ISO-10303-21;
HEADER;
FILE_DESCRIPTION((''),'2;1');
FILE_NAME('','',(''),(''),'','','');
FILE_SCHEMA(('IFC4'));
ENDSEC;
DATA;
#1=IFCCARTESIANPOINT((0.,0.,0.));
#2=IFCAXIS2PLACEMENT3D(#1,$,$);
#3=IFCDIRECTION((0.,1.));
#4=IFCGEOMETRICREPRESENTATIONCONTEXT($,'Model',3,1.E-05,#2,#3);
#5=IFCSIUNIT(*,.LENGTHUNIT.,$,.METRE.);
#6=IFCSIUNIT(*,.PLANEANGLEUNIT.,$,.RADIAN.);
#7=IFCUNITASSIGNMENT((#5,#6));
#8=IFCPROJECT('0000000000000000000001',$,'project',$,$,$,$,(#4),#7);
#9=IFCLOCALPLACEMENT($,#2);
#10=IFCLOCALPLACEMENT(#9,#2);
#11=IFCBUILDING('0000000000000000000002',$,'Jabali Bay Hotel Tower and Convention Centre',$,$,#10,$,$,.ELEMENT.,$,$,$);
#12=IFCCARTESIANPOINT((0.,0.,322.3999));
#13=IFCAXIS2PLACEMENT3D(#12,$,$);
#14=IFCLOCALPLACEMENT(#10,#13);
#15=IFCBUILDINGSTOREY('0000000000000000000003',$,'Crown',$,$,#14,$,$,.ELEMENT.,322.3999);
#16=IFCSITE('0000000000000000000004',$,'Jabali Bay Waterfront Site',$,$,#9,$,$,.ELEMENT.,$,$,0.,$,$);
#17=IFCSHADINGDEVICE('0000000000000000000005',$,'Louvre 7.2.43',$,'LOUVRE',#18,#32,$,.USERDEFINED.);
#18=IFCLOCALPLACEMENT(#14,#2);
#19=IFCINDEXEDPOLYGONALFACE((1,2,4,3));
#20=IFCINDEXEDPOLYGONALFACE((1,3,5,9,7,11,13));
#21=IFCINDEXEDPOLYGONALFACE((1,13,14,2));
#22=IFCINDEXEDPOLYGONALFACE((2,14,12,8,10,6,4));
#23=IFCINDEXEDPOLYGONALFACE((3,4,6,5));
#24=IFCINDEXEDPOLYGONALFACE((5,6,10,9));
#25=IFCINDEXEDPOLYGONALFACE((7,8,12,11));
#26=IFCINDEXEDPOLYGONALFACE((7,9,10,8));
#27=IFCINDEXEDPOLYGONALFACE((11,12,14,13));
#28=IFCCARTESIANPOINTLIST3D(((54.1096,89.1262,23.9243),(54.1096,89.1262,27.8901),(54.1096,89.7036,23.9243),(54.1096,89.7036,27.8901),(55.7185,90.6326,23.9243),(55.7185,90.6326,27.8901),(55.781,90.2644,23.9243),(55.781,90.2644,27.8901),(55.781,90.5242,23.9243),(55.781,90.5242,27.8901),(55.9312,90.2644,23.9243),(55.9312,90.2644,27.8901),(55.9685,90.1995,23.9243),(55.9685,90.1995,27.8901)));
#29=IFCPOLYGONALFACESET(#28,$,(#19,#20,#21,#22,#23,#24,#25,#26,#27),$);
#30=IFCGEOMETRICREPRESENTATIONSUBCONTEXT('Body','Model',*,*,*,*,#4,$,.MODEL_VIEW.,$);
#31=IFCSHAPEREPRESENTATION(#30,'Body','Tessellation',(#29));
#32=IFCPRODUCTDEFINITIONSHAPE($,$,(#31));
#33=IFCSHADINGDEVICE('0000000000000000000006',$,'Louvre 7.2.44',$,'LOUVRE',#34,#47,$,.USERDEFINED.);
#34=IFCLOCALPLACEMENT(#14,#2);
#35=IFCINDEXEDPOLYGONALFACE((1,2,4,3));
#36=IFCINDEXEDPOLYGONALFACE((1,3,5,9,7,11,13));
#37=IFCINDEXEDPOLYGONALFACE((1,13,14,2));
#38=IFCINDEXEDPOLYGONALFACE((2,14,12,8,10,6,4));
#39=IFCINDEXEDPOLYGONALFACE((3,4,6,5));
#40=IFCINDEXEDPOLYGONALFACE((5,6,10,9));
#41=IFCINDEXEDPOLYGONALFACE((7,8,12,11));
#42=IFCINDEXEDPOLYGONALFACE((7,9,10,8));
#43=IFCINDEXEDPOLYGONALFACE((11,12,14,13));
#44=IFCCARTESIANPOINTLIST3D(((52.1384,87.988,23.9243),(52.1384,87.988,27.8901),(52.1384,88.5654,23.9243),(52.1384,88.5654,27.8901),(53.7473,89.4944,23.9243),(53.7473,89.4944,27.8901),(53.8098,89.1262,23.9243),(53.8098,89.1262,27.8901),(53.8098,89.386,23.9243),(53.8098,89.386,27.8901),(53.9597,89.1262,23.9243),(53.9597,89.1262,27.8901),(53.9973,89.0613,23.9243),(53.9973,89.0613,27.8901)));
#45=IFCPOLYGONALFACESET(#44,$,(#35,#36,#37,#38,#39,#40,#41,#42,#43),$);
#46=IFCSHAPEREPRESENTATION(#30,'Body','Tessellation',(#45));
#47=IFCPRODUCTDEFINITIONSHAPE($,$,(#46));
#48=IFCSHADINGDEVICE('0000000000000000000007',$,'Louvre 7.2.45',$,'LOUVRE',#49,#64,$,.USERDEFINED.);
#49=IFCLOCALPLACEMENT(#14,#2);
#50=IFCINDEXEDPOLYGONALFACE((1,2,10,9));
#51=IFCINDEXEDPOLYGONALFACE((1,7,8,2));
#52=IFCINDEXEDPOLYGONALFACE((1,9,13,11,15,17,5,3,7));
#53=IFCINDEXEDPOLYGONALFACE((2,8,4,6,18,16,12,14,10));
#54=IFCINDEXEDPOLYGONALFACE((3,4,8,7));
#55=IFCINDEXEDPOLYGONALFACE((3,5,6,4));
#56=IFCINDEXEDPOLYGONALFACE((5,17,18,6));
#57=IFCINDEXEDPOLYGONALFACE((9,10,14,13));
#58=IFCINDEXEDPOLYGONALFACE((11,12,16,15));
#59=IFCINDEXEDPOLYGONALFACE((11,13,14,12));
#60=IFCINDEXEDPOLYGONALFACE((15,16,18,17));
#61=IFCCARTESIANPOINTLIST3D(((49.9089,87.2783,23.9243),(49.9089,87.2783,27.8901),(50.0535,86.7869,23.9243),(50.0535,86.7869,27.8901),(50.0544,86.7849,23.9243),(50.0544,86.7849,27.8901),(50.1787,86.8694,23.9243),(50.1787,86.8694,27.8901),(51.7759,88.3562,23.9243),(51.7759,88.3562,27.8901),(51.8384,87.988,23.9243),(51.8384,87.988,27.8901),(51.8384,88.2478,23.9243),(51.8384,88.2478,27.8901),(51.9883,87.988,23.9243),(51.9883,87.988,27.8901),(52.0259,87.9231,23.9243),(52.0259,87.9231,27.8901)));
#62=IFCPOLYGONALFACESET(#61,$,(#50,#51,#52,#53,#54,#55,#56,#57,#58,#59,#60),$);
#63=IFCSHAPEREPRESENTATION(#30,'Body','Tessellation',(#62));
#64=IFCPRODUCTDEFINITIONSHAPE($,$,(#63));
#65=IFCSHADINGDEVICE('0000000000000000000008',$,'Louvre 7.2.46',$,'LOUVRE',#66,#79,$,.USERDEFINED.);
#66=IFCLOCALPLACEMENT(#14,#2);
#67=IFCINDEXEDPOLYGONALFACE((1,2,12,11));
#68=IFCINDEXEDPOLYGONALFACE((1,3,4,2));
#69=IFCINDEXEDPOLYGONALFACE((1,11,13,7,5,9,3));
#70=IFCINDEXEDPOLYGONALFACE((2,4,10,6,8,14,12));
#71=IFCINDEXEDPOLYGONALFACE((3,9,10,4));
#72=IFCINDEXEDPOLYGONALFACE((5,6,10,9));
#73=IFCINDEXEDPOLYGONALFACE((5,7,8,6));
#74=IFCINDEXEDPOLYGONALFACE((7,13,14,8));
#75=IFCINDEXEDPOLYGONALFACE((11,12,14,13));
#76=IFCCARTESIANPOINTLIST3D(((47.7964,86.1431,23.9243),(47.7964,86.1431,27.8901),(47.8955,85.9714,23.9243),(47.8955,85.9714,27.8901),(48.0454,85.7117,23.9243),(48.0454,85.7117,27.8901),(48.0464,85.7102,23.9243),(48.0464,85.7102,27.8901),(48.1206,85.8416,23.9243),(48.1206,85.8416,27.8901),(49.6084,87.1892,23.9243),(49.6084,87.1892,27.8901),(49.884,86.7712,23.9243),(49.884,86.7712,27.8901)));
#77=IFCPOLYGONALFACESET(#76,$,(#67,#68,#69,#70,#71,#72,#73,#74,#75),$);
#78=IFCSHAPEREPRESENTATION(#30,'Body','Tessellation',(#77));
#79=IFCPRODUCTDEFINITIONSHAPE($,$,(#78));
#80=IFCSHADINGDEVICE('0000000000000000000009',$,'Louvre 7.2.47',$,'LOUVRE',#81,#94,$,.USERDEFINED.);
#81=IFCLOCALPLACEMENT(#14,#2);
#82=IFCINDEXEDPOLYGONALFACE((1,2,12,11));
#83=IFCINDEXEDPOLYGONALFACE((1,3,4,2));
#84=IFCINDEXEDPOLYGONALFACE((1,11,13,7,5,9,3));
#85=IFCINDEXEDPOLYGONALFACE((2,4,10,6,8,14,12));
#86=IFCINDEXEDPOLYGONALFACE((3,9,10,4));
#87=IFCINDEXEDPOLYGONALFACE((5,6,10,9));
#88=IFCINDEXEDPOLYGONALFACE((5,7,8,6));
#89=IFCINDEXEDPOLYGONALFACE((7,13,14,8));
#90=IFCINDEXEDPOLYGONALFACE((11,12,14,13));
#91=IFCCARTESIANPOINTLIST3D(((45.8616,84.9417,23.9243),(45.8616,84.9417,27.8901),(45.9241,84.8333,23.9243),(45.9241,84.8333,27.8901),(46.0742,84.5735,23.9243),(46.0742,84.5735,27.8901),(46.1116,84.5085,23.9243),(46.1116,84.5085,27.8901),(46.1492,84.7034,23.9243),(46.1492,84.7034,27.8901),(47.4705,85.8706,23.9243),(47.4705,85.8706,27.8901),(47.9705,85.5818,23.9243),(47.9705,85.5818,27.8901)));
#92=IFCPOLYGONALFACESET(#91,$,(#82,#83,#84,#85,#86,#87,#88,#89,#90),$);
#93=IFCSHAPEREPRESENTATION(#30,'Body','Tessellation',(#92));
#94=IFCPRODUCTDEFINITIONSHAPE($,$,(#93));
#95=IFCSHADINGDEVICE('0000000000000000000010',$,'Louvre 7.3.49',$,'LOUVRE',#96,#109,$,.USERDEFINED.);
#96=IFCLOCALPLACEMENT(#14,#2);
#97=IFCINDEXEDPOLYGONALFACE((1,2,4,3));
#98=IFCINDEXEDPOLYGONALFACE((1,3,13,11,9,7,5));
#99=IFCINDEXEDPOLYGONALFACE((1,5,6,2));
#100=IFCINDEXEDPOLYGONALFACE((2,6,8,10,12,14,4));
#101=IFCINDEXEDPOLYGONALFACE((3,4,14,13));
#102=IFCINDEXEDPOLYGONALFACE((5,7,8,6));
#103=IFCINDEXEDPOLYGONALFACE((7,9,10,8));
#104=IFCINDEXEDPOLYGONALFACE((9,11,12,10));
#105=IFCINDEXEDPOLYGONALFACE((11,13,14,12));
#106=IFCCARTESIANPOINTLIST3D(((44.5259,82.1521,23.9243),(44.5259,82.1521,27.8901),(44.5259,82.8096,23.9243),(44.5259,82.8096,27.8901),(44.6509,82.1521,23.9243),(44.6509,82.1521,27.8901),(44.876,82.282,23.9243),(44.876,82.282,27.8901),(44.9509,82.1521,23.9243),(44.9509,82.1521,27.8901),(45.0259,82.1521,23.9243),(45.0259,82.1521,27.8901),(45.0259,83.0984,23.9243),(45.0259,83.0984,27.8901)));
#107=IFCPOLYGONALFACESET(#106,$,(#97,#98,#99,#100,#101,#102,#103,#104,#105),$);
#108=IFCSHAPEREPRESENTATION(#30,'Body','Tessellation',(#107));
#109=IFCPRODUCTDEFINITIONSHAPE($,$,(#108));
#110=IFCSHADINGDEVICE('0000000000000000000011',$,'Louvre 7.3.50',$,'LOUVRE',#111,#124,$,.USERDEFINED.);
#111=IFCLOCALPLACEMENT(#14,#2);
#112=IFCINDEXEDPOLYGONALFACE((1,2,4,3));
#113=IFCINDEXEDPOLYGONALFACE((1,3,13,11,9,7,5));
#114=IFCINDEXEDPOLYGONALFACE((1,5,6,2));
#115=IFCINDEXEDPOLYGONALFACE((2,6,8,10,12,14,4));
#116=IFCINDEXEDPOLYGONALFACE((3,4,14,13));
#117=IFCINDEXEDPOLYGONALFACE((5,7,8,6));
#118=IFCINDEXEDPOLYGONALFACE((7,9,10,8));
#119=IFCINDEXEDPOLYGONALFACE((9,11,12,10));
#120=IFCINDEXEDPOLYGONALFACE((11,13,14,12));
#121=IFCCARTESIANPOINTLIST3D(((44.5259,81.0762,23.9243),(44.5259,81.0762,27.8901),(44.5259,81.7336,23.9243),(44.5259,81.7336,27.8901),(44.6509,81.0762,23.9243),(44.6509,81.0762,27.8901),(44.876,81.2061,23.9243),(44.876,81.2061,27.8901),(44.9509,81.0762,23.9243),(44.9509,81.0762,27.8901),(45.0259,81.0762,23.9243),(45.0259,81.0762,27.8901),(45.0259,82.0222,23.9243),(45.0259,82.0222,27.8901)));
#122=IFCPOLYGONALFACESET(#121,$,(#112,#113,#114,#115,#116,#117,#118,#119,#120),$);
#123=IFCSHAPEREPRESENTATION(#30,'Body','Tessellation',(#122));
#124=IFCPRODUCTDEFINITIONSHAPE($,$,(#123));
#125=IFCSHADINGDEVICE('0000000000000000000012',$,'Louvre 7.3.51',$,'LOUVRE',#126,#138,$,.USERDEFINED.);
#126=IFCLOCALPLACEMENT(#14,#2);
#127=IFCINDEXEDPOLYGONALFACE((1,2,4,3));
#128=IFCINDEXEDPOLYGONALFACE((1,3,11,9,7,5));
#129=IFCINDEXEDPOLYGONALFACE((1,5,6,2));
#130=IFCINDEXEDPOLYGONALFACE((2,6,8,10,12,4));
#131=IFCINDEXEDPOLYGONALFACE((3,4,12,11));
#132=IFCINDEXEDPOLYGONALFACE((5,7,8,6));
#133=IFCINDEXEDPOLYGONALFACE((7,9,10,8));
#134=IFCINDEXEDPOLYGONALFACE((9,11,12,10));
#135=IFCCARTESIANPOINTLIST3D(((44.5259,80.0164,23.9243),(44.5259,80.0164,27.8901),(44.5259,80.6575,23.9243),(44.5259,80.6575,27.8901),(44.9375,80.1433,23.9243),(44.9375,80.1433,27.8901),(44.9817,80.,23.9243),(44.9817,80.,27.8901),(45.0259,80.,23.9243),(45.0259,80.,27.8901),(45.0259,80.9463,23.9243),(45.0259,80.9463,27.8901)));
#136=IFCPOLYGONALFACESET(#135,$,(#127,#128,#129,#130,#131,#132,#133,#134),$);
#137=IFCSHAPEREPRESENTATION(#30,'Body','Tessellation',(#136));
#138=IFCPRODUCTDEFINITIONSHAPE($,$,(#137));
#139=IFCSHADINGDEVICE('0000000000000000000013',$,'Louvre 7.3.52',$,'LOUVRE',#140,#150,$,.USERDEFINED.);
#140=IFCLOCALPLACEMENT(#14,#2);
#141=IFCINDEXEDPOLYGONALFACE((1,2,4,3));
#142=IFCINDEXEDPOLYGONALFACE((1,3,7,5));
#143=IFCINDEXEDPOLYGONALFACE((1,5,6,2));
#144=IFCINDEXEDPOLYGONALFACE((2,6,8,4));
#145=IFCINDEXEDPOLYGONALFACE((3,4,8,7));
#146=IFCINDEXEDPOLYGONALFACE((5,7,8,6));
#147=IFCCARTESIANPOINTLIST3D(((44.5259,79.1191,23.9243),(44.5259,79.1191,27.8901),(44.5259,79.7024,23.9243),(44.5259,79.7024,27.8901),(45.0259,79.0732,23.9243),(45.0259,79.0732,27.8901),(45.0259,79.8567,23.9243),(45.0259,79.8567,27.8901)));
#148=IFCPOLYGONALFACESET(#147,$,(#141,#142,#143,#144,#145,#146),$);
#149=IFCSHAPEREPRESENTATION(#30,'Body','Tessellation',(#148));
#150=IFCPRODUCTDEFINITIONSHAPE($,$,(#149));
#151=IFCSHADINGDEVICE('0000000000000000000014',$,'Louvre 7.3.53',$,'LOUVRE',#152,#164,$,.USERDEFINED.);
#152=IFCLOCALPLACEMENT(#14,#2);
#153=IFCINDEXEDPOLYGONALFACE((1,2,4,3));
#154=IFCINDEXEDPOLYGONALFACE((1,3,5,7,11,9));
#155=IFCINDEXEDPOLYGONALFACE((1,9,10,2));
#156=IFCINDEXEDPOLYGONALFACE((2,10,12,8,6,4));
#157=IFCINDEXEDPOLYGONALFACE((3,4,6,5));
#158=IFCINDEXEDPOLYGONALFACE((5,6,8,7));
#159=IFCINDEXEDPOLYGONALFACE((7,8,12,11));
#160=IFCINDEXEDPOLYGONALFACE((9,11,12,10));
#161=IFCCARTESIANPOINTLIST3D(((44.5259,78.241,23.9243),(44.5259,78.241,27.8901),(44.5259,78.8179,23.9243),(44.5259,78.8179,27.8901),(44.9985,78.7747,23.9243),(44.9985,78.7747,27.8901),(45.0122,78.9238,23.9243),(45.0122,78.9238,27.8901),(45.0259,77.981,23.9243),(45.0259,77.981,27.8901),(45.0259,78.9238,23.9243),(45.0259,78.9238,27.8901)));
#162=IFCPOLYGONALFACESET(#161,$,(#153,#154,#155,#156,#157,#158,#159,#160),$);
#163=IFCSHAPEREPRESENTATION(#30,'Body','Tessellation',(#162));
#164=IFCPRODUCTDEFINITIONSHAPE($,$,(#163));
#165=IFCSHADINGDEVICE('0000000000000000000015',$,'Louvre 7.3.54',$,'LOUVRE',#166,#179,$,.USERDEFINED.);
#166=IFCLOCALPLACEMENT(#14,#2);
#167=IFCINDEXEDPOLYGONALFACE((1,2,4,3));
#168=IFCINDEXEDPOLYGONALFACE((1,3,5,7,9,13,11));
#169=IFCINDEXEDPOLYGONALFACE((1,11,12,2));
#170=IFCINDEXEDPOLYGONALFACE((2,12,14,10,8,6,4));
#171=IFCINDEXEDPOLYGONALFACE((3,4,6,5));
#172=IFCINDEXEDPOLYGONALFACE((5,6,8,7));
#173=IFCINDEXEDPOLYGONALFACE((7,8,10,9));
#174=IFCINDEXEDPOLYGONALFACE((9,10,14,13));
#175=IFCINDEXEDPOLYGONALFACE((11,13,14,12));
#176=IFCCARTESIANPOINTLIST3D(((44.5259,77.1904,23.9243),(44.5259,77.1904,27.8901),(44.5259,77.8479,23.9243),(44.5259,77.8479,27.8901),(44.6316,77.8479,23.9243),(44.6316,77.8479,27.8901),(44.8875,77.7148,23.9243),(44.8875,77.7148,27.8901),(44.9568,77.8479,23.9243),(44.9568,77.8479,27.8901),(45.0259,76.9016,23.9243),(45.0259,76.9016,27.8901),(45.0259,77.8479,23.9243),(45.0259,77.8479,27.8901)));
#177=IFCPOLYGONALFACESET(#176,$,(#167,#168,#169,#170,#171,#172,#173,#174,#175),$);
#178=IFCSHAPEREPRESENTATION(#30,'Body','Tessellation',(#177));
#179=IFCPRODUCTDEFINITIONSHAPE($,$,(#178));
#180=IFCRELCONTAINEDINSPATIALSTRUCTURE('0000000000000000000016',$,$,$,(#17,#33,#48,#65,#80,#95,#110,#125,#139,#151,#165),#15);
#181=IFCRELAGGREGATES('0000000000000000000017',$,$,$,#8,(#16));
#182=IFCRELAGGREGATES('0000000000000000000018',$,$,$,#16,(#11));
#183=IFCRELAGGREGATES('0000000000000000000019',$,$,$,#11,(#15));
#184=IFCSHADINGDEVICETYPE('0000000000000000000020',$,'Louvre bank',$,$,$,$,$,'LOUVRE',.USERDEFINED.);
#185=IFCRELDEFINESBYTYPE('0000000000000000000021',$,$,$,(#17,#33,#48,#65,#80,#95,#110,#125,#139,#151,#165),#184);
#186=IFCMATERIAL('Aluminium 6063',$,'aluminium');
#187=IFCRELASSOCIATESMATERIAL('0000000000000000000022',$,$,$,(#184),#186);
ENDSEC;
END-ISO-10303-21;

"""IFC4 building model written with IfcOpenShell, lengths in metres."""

from ifc_helpers import new_model, si_unit, direction, frame, origin, place, context, subcontext, project, spatial, polyline, outline, extrude, material, type_object, element, save


model = new_model("IFC4")

# Units and contexts
model_context = context("Model", 3, precision=1e-05, world=origin(), true_north=direction((0.0, 1.0)))
body_context = subcontext(model_context, "Body", "Model", "MODEL_VIEW")
ifc_project = project(units=[si_unit("LENGTHUNIT", "METRE"), si_unit("PLANEANGLEUNIT", "RADIAN")], contexts=[model_context])

# Site, building, storey
site_placement = place(None, origin())
site = spatial("IfcSite", under=ifc_project, at=site_placement, Name="Jabali Bay Waterfront Site", CompositionType="ELEMENT", RefElevation=0.0)
building_placement = place(site_placement, origin())
building = spatial("IfcBuilding", under=site, at=building_placement, Name="Jabali Bay Hotel Tower and Convention Centre", CompositionType="ELEMENT")
storey_placement = place(building_placement, frame((0.0, 0.0, 322.3999)))
storey = spatial("IfcBuildingStorey", under=building, at=storey_placement, Name="Crown", CompositionType="ELEMENT", Elevation=322.3999)

# Shading devices
ifc_material = material(Name="Aluminium 6063", Category="aluminium")
shading_device_type = type_object("IfcShadingDeviceType", Name="Louvre bank", ElementType="LOUVRE", PredefinedType="USERDEFINED", material=ifc_material)
shading_device_1_placement = place(storey_placement, frame((0.0, 0.0, 23.9243)))
element("IfcShadingDevice", 1, at=shading_device_1_placement, inside=storey, type_object=shading_device_type, Name="Louvre 7.2.43", ObjectType="LOUVRE", PredefinedType="USERDEFINED", context=body_context, shape_type="SweptSolid", body=[
    extrude(outline(polyline([(54.1096, 89.1262), (55.9685, 90.1995), (55.9312, 90.2644), (55.781, 90.2644), (55.781, 90.5242), (55.7185, 90.6326), (54.1096, 89.7036), (54.1096, 89.1262)])), origin(), (0.0, 0.0, 1.0), 3.9658),
])
shading_device_2_placement = place(storey_placement, frame((0.0, 0.0, 23.9243)))
element("IfcShadingDevice", 2, at=shading_device_2_placement, inside=storey, type_object=shading_device_type, Name="Louvre 7.2.44", ObjectType="LOUVRE", PredefinedType="USERDEFINED", context=body_context, shape_type="SweptSolid", body=[
    extrude(outline(polyline([(52.1384, 87.988), (53.9973, 89.0613), (53.9597, 89.1262), (53.8098, 89.1262), (53.8098, 89.386), (53.7473, 89.4944), (52.1384, 88.5654), (52.1384, 87.988)])), origin(), (0.0, 0.0, 1.0), 3.9658),
])
shading_device_3_placement = place(storey_placement, frame((0.0, 0.0, 23.9243)))
element("IfcShadingDevice", 3, at=shading_device_3_placement, inside=storey, type_object=shading_device_type, Name="Louvre 7.2.45", ObjectType="LOUVRE", PredefinedType="USERDEFINED", context=body_context, shape_type="SweptSolid", body=[
    extrude(outline(polyline([(50.0544, 86.7849), (52.0259, 87.9231), (51.9883, 87.988), (51.8384, 87.988), (51.8384, 88.2478), (51.7759, 88.3562), (49.9089, 87.2783), (50.1787, 86.8694), (50.0535, 86.7869), (50.0544, 86.7849)])), origin(), (0.0, 0.0, 1.0), 3.9658),
])
shading_device_4_placement = place(storey_placement, frame((0.0, 0.0, 23.9243)))
element("IfcShadingDevice", 4, at=shading_device_4_placement, inside=storey, type_object=shading_device_type, Name="Louvre 7.2.46", ObjectType="LOUVRE", PredefinedType="USERDEFINED", context=body_context, shape_type="SweptSolid", body=[
    extrude(outline(polyline([(48.0464, 85.7102), (49.884, 86.7712), (49.6084, 87.1892), (47.7964, 86.1431), (47.8955, 85.9714), (48.1206, 85.8416), (48.0454, 85.7117), (48.0464, 85.7102)])), origin(), (0.0, 0.0, 1.0), 3.9658),
])
shading_device_5_placement = place(storey_placement, frame((0.0, 0.0, 23.9243)))
element("IfcShadingDevice", 5, at=shading_device_5_placement, inside=storey, type_object=shading_device_type, Name="Louvre 7.2.47", ObjectType="LOUVRE", PredefinedType="USERDEFINED", context=body_context, shape_type="SweptSolid", body=[
    extrude(outline(polyline([(46.1116, 84.5085), (47.9705, 85.5818), (47.4705, 85.8706), (45.8616, 84.9417), (45.9241, 84.8333), (46.1492, 84.7034), (46.0742, 84.5735), (46.1116, 84.5085)])), origin(), (0.0, 0.0, 1.0), 3.9658),
])
shading_device_6_placement = place(storey_placement, frame((0.0, 0.0, 23.9243)))
element("IfcShadingDevice", 6, at=shading_device_6_placement, inside=storey, type_object=shading_device_type, Name="Louvre 7.3.49", ObjectType="LOUVRE", PredefinedType="USERDEFINED", context=body_context, shape_type="SweptSolid", body=[
    extrude(outline(polyline([(45.0259, 82.1521), (45.0259, 83.0984), (44.5259, 82.8096), (44.5259, 82.1521), (44.6509, 82.1521), (44.876, 82.282), (44.9509, 82.1521), (45.0259, 82.1521)])), origin(), (0.0, 0.0, 1.0), 3.9658),
])
shading_device_7_placement = place(storey_placement, frame((0.0, 0.0, 23.9243)))
element("IfcShadingDevice", 7, at=shading_device_7_placement, inside=storey, type_object=shading_device_type, Name="Louvre 7.3.50", ObjectType="LOUVRE", PredefinedType="USERDEFINED", context=body_context, shape_type="SweptSolid", body=[
    extrude(outline(polyline([(45.0259, 81.0762), (45.0259, 82.0222), (44.5259, 81.7336), (44.5259, 81.0762), (44.6509, 81.0762), (44.876, 81.2061), (44.9509, 81.0762), (45.0259, 81.0762)])), origin(), (0.0, 0.0, 1.0), 3.9658),
])
shading_device_8_placement = place(storey_placement, frame((0.0, 0.0, 23.9243)))
element("IfcShadingDevice", 8, at=shading_device_8_placement, inside=storey, type_object=shading_device_type, Name="Louvre 7.3.51", ObjectType="LOUVRE", PredefinedType="USERDEFINED", context=body_context, shape_type="SweptSolid", body=[
    extrude(outline(polyline([(45.0259, 80.0), (45.0259, 80.9463), (44.5259, 80.6575), (44.5259, 80.0164), (44.9375, 80.1433), (44.9817, 80.0), (45.0259, 80.0)])), origin(), (0.0, 0.0, 1.0), 3.9658),
])
shading_device_9_placement = place(storey_placement, frame((0.0, 0.0, 23.9243)))
element("IfcShadingDevice", 9, at=shading_device_9_placement, inside=storey, type_object=shading_device_type, Name="Louvre 7.3.52", ObjectType="LOUVRE", PredefinedType="USERDEFINED", context=body_context, shape_type="SweptSolid", body=[
    extrude(outline(polyline([(45.0259, 79.0732), (45.0259, 79.8567), (44.5259, 79.7024), (44.5259, 79.1191), (45.0259, 79.0732)])), origin(), (0.0, 0.0, 1.0), 3.9658),
])
shading_device_10_placement = place(storey_placement, frame((0.0, 0.0, 23.9243)))
element("IfcShadingDevice", 10, at=shading_device_10_placement, inside=storey, type_object=shading_device_type, Name="Louvre 7.3.53", ObjectType="LOUVRE", PredefinedType="USERDEFINED", context=body_context, shape_type="SweptSolid", body=[
    extrude(outline(polyline([(45.0259, 77.981), (45.0259, 78.9238), (45.0122, 78.9238), (44.9985, 78.7747), (44.5259, 78.8179), (44.5259, 78.241), (45.0259, 77.981)])), origin(), (0.0, 0.0, 1.0), 3.9658),
])
shading_device_11_placement = place(storey_placement, frame((0.0, 0.0, 23.9243)))
element("IfcShadingDevice", 11, at=shading_device_11_placement, inside=storey, type_object=shading_device_type, Name="Louvre 7.3.54", ObjectType="LOUVRE", PredefinedType="USERDEFINED", context=body_context, shape_type="SweptSolid", body=[
    extrude(outline(polyline([(45.0259, 76.9016), (45.0259, 77.8479), (44.9568, 77.8479), (44.8875, 77.7148), (44.6316, 77.8479), (44.5259, 77.8479), (44.5259, 77.1904), (45.0259, 76.9016)])), origin(), (0.0, 0.0, 1.0), 3.9658),
])

save(model, "model.ifc")
